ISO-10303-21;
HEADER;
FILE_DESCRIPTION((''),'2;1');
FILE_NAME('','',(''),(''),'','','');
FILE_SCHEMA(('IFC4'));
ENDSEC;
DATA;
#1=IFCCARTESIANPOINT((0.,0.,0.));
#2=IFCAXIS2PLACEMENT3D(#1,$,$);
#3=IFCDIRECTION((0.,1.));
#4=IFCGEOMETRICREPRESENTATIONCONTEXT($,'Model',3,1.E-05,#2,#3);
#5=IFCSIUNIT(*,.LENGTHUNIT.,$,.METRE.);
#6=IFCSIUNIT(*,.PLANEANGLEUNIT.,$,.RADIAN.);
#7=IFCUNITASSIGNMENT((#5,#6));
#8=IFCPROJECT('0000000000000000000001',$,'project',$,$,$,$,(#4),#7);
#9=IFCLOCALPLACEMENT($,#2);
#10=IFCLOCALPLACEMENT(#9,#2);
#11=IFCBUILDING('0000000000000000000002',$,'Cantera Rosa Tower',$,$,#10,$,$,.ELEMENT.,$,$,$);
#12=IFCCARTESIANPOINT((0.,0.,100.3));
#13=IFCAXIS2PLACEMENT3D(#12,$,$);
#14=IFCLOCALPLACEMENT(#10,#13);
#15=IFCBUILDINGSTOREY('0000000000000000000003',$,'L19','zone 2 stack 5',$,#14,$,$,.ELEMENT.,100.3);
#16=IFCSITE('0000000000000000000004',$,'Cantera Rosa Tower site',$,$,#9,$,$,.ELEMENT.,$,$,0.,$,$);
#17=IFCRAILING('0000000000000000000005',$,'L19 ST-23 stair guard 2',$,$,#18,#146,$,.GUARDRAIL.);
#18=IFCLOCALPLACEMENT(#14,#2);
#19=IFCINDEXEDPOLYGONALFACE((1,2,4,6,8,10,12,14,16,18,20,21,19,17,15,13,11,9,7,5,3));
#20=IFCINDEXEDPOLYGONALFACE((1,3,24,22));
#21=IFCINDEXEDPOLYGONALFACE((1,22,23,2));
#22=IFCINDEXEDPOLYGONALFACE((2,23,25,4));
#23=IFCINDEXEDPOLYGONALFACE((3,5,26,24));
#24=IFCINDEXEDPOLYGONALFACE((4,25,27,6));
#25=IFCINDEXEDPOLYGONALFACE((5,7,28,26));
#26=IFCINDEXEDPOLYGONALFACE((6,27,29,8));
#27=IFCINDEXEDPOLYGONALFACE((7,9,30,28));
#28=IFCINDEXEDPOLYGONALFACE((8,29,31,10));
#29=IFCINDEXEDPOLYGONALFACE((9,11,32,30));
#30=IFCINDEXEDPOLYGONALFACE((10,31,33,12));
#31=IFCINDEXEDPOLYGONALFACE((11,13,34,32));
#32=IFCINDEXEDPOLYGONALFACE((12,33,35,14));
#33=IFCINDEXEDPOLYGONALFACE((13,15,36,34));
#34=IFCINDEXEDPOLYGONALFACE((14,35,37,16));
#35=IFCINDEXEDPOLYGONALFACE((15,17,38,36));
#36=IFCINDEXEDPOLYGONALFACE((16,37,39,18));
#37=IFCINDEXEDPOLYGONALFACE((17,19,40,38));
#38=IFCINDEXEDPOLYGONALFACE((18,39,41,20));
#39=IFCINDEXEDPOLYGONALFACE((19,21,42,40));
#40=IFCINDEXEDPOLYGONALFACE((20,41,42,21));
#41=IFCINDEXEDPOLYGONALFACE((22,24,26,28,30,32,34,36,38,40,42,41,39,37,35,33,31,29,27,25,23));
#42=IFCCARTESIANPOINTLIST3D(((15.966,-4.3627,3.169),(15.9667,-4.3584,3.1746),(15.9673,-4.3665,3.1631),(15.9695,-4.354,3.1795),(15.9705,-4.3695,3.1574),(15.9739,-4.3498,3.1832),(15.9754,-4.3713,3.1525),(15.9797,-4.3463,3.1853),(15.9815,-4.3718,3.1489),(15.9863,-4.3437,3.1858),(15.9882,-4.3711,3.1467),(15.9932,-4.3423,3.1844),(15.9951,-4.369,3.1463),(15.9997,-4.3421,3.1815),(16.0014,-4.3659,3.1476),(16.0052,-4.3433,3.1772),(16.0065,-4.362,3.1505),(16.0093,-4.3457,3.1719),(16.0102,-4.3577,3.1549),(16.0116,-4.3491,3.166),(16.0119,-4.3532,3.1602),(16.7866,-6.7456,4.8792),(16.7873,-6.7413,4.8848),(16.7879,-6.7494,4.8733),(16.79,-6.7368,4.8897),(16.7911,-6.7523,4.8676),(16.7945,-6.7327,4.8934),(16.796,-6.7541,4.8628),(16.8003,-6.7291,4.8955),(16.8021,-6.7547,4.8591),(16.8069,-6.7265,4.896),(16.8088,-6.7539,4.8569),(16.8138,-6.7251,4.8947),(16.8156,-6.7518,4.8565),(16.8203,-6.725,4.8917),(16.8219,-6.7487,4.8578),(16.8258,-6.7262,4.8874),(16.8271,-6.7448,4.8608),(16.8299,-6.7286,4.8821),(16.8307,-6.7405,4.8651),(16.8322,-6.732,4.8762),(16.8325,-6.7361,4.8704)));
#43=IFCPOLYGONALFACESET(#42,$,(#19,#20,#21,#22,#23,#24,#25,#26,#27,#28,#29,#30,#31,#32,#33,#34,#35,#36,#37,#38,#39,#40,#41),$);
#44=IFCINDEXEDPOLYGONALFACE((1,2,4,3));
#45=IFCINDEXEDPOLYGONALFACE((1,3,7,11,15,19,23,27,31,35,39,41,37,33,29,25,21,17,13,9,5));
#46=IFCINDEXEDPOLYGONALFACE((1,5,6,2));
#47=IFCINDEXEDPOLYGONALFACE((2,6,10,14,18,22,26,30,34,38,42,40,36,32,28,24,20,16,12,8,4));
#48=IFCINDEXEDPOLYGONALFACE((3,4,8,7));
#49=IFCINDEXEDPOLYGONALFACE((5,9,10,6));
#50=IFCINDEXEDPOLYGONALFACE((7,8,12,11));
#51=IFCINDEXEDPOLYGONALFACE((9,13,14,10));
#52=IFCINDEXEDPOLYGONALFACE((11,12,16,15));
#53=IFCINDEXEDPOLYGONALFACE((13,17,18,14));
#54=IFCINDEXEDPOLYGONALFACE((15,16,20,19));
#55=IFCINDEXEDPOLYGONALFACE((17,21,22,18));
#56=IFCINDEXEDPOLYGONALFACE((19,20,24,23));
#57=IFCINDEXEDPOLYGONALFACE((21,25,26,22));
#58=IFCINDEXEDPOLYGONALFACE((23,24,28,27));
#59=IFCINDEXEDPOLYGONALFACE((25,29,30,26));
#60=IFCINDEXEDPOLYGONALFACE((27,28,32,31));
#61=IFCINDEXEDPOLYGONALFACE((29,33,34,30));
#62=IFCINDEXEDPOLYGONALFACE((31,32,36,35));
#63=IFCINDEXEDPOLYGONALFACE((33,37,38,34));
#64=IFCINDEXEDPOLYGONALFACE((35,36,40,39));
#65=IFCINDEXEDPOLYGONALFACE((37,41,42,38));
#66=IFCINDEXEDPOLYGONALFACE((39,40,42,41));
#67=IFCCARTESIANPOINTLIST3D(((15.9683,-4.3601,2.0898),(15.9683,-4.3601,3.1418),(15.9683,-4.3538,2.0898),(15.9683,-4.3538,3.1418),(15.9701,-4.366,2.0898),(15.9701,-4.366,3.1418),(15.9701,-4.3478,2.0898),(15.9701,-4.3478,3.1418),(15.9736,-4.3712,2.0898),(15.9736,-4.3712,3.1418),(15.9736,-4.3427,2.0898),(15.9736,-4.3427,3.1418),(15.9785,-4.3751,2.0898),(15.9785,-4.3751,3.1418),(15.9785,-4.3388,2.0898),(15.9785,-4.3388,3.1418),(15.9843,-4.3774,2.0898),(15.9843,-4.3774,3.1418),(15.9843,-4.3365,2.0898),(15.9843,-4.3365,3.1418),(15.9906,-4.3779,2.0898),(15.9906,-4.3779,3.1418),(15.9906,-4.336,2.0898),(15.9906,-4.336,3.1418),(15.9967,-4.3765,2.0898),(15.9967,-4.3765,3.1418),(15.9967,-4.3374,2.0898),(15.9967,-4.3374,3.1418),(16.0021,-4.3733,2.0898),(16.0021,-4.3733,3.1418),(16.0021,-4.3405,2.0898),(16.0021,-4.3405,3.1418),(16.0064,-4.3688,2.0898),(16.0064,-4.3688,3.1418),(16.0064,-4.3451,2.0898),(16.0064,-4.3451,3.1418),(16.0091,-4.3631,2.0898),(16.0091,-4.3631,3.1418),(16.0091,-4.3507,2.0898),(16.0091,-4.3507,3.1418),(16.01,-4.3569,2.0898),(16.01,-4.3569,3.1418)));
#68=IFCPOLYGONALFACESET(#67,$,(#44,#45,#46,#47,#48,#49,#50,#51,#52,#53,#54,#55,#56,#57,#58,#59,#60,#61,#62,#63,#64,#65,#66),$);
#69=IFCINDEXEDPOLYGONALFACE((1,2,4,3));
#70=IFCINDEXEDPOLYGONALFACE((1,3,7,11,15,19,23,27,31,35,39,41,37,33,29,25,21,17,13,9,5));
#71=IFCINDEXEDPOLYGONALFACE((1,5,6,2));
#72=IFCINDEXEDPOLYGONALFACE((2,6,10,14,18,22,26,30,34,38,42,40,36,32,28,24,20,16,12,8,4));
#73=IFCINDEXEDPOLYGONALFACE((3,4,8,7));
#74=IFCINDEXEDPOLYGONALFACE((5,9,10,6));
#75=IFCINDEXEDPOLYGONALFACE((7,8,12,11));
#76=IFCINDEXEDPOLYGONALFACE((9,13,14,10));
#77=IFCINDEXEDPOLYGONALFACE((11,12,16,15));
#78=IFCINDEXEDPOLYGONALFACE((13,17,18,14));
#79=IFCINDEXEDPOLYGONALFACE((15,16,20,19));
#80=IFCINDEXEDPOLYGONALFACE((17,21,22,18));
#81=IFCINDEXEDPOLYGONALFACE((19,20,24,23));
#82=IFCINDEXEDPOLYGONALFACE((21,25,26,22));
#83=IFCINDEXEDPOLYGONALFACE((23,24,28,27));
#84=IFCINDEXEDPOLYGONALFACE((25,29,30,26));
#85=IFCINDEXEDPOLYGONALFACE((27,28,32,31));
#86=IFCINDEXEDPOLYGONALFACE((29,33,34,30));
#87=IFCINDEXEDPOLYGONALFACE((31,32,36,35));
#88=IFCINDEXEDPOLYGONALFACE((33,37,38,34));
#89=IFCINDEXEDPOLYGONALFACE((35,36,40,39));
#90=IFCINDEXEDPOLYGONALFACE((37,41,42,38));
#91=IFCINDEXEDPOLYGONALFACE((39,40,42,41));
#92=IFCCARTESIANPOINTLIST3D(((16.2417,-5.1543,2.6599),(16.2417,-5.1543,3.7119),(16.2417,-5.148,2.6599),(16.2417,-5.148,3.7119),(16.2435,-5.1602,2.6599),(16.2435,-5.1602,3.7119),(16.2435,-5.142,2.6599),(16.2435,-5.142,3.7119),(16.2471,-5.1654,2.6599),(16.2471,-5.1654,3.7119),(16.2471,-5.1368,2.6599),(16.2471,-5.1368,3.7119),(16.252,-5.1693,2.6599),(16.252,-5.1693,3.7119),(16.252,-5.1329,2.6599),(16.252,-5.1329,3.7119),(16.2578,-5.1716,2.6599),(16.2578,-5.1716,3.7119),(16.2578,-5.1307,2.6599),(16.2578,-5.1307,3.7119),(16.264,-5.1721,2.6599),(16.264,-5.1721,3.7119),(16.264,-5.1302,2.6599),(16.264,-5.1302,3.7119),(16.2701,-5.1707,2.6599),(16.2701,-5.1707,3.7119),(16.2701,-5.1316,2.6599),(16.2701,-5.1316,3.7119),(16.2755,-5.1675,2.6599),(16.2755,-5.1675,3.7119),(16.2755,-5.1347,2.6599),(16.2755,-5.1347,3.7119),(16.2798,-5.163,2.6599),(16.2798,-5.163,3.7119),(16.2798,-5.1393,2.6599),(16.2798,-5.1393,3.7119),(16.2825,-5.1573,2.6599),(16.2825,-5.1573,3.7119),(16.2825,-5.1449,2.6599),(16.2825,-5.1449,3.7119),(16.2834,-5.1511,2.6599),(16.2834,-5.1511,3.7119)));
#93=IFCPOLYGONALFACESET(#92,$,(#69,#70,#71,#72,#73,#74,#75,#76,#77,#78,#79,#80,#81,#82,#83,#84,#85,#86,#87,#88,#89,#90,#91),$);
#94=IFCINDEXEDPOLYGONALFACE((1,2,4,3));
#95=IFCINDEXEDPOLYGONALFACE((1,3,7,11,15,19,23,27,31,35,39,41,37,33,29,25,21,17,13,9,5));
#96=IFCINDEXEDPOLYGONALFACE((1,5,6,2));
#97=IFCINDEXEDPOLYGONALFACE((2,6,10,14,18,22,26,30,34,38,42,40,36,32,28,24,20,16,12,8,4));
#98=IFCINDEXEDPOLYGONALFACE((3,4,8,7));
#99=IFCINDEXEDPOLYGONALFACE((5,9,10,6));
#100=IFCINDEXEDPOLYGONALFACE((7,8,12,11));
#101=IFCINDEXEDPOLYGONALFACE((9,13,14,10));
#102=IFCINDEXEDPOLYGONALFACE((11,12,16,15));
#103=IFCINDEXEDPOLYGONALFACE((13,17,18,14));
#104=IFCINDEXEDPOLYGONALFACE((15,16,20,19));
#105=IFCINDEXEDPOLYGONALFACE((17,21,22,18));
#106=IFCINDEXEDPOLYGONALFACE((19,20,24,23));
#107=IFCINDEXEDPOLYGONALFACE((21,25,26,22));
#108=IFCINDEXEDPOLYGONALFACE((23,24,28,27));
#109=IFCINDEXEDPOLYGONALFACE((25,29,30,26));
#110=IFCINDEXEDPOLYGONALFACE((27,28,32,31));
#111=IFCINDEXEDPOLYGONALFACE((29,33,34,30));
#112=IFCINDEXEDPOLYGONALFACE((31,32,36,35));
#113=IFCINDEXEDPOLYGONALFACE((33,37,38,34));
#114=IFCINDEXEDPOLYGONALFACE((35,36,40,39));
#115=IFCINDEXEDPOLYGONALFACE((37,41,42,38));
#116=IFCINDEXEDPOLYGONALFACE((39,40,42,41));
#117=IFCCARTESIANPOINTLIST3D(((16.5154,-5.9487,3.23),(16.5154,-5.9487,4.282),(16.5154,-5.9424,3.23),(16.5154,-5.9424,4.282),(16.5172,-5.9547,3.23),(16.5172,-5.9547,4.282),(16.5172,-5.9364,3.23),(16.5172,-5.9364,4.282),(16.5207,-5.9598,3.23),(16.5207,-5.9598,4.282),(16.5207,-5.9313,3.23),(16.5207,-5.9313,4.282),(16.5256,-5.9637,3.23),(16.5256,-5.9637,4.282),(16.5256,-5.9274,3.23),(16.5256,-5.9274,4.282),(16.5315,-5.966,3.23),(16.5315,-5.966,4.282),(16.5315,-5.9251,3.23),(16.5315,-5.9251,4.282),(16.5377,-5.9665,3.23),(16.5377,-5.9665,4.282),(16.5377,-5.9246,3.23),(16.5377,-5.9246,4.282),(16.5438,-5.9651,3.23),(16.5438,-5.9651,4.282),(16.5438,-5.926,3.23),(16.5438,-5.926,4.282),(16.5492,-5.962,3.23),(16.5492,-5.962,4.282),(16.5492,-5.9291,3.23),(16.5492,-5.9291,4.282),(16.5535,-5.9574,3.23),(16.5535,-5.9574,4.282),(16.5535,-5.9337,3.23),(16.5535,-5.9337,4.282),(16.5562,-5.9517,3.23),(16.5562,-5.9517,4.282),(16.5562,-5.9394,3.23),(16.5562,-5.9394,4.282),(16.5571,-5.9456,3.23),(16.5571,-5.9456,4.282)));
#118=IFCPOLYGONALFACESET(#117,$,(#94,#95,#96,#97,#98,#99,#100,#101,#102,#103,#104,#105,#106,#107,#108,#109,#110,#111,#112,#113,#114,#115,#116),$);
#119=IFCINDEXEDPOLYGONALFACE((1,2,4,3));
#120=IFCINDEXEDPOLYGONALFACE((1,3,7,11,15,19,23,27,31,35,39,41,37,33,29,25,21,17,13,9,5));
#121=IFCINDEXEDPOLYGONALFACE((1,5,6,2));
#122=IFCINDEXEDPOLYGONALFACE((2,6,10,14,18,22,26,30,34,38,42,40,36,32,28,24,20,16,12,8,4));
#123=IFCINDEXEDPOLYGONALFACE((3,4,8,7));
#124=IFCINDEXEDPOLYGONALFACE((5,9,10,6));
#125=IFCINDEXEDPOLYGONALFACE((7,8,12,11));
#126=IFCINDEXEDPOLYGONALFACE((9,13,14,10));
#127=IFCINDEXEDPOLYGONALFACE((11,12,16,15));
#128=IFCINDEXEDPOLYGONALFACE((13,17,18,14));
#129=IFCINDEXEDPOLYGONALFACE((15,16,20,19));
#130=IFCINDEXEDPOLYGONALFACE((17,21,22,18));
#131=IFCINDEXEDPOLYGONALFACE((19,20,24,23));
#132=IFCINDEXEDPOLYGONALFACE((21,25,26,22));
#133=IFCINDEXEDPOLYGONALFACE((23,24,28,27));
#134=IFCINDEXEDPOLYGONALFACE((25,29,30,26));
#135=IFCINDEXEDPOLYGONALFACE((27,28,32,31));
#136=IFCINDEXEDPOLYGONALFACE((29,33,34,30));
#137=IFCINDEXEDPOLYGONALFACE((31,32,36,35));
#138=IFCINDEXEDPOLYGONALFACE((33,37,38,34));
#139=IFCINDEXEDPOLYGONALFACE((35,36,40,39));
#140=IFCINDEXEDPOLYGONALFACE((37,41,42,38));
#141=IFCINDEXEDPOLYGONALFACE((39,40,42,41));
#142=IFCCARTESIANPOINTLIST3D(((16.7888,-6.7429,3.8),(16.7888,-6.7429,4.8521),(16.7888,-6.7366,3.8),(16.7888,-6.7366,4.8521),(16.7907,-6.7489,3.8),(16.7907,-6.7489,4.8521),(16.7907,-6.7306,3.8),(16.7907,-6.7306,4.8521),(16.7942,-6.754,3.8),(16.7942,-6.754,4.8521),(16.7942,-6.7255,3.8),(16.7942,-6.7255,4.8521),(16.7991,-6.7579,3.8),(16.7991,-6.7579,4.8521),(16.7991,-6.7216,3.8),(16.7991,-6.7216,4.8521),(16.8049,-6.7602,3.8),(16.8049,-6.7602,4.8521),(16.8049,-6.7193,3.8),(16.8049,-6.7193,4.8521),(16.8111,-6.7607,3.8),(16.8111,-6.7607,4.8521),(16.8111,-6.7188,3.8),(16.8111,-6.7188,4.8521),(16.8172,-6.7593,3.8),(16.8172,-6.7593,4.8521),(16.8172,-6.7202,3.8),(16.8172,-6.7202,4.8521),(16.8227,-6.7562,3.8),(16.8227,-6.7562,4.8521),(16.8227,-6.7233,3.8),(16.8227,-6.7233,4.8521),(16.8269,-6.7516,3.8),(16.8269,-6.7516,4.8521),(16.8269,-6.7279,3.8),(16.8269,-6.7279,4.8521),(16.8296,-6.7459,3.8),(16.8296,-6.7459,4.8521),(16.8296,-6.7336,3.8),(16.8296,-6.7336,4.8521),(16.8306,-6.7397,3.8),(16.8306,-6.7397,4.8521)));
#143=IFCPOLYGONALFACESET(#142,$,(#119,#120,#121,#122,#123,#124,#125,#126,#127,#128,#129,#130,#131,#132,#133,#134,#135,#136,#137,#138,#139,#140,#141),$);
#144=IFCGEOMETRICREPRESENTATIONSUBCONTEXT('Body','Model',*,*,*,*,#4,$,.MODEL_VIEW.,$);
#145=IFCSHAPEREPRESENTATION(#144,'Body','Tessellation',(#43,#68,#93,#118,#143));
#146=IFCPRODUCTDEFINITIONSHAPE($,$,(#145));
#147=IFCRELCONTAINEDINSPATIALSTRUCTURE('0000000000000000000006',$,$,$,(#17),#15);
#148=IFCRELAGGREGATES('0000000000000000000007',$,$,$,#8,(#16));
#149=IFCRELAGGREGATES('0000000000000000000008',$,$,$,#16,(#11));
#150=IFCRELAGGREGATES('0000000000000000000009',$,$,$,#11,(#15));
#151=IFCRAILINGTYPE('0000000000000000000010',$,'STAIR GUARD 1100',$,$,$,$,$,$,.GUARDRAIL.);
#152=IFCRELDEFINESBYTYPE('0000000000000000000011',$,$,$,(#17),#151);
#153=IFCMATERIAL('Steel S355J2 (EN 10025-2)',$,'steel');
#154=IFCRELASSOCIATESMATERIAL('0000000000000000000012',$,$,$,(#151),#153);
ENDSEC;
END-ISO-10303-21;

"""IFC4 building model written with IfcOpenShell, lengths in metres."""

from ifc_helpers import new_model, si_unit, direction, frame, origin, origin_2d, place, context, subcontext, project, spatial, circle, extrude, material, type_object, element, save


model = new_model("IFC4")

# Units and contexts
model_context = context("Model", 3, precision=1e-05, world=origin(), true_north=direction((0.0, 1.0)))
body_context = subcontext(model_context, "Body", "Model", "MODEL_VIEW")
ifc_project = project(units=[si_unit("LENGTHUNIT", "METRE"), si_unit("PLANEANGLEUNIT", "RADIAN")], contexts=[model_context])

# Site, building, storey
site_placement = place(None, origin())
site = spatial("IfcSite", under=ifc_project, at=site_placement, Name="Cantera Rosa Tower site", CompositionType="ELEMENT", RefElevation=0.0)
building_placement = place(site_placement, origin())
building = spatial("IfcBuilding", under=site, at=building_placement, Name="Cantera Rosa Tower", CompositionType="ELEMENT")
storey_placement = place(building_placement, frame((0.0, 0.0, 100.3)))
storey = spatial("IfcBuildingStorey", under=building, at=storey_placement, Name="L19", Description="zone 2 stack 5", CompositionType="ELEMENT", Elevation=100.3)

# Railing
ifc_material_1 = material(Name="Steel S355J2 (EN 10025-2)", Category="steel")
railing_type_1 = type_object("IfcRailingType", Name="STAIR GUARD 1100", PredefinedType="GUARDRAIL", material=ifc_material_1)
railing_1_placement = place(storey_placement, frame((15.989, -4.3569, 2.0898)))
element("IfcRailing", 1, at=railing_1_placement, inside=storey, type_object=railing_type_1, Name="L19 ST-23 stair guard 2", PredefinedType="GUARDRAIL", context=body_context, shape_type="SweptSolid", body=[
    extrude(circle(Radius=0.0239, at=origin_2d()), frame((0.0, 0.0, 1.0762), z_axis=(0.26942, -0.782369, 0.561526), x_axis=(0.945508, 0.3256, 0.0)), (0.0, 0.0, 1.0), 3.0457),
    extrude(circle(Radius=0.021, at=origin_2d()), origin(), (0.0, 0.0, 1.0), 1.052),
    extrude(circle(Radius=0.021, at=origin_2d()), frame((0.2734, -0.7942, 0.5701)), (0.0, 0.0, 1.0), 1.052),
    extrude(circle(Radius=0.021, at=origin_2d()), frame((0.5471, -1.5886, 1.1401)), (0.0, 0.0, 1.0), 1.052),
    extrude(circle(Radius=0.021, at=origin_2d()), frame((0.8206, -2.3828, 1.7102)), (0.0, 0.0, 1.0), 1.052),
])

save(model, "model.ifc")
